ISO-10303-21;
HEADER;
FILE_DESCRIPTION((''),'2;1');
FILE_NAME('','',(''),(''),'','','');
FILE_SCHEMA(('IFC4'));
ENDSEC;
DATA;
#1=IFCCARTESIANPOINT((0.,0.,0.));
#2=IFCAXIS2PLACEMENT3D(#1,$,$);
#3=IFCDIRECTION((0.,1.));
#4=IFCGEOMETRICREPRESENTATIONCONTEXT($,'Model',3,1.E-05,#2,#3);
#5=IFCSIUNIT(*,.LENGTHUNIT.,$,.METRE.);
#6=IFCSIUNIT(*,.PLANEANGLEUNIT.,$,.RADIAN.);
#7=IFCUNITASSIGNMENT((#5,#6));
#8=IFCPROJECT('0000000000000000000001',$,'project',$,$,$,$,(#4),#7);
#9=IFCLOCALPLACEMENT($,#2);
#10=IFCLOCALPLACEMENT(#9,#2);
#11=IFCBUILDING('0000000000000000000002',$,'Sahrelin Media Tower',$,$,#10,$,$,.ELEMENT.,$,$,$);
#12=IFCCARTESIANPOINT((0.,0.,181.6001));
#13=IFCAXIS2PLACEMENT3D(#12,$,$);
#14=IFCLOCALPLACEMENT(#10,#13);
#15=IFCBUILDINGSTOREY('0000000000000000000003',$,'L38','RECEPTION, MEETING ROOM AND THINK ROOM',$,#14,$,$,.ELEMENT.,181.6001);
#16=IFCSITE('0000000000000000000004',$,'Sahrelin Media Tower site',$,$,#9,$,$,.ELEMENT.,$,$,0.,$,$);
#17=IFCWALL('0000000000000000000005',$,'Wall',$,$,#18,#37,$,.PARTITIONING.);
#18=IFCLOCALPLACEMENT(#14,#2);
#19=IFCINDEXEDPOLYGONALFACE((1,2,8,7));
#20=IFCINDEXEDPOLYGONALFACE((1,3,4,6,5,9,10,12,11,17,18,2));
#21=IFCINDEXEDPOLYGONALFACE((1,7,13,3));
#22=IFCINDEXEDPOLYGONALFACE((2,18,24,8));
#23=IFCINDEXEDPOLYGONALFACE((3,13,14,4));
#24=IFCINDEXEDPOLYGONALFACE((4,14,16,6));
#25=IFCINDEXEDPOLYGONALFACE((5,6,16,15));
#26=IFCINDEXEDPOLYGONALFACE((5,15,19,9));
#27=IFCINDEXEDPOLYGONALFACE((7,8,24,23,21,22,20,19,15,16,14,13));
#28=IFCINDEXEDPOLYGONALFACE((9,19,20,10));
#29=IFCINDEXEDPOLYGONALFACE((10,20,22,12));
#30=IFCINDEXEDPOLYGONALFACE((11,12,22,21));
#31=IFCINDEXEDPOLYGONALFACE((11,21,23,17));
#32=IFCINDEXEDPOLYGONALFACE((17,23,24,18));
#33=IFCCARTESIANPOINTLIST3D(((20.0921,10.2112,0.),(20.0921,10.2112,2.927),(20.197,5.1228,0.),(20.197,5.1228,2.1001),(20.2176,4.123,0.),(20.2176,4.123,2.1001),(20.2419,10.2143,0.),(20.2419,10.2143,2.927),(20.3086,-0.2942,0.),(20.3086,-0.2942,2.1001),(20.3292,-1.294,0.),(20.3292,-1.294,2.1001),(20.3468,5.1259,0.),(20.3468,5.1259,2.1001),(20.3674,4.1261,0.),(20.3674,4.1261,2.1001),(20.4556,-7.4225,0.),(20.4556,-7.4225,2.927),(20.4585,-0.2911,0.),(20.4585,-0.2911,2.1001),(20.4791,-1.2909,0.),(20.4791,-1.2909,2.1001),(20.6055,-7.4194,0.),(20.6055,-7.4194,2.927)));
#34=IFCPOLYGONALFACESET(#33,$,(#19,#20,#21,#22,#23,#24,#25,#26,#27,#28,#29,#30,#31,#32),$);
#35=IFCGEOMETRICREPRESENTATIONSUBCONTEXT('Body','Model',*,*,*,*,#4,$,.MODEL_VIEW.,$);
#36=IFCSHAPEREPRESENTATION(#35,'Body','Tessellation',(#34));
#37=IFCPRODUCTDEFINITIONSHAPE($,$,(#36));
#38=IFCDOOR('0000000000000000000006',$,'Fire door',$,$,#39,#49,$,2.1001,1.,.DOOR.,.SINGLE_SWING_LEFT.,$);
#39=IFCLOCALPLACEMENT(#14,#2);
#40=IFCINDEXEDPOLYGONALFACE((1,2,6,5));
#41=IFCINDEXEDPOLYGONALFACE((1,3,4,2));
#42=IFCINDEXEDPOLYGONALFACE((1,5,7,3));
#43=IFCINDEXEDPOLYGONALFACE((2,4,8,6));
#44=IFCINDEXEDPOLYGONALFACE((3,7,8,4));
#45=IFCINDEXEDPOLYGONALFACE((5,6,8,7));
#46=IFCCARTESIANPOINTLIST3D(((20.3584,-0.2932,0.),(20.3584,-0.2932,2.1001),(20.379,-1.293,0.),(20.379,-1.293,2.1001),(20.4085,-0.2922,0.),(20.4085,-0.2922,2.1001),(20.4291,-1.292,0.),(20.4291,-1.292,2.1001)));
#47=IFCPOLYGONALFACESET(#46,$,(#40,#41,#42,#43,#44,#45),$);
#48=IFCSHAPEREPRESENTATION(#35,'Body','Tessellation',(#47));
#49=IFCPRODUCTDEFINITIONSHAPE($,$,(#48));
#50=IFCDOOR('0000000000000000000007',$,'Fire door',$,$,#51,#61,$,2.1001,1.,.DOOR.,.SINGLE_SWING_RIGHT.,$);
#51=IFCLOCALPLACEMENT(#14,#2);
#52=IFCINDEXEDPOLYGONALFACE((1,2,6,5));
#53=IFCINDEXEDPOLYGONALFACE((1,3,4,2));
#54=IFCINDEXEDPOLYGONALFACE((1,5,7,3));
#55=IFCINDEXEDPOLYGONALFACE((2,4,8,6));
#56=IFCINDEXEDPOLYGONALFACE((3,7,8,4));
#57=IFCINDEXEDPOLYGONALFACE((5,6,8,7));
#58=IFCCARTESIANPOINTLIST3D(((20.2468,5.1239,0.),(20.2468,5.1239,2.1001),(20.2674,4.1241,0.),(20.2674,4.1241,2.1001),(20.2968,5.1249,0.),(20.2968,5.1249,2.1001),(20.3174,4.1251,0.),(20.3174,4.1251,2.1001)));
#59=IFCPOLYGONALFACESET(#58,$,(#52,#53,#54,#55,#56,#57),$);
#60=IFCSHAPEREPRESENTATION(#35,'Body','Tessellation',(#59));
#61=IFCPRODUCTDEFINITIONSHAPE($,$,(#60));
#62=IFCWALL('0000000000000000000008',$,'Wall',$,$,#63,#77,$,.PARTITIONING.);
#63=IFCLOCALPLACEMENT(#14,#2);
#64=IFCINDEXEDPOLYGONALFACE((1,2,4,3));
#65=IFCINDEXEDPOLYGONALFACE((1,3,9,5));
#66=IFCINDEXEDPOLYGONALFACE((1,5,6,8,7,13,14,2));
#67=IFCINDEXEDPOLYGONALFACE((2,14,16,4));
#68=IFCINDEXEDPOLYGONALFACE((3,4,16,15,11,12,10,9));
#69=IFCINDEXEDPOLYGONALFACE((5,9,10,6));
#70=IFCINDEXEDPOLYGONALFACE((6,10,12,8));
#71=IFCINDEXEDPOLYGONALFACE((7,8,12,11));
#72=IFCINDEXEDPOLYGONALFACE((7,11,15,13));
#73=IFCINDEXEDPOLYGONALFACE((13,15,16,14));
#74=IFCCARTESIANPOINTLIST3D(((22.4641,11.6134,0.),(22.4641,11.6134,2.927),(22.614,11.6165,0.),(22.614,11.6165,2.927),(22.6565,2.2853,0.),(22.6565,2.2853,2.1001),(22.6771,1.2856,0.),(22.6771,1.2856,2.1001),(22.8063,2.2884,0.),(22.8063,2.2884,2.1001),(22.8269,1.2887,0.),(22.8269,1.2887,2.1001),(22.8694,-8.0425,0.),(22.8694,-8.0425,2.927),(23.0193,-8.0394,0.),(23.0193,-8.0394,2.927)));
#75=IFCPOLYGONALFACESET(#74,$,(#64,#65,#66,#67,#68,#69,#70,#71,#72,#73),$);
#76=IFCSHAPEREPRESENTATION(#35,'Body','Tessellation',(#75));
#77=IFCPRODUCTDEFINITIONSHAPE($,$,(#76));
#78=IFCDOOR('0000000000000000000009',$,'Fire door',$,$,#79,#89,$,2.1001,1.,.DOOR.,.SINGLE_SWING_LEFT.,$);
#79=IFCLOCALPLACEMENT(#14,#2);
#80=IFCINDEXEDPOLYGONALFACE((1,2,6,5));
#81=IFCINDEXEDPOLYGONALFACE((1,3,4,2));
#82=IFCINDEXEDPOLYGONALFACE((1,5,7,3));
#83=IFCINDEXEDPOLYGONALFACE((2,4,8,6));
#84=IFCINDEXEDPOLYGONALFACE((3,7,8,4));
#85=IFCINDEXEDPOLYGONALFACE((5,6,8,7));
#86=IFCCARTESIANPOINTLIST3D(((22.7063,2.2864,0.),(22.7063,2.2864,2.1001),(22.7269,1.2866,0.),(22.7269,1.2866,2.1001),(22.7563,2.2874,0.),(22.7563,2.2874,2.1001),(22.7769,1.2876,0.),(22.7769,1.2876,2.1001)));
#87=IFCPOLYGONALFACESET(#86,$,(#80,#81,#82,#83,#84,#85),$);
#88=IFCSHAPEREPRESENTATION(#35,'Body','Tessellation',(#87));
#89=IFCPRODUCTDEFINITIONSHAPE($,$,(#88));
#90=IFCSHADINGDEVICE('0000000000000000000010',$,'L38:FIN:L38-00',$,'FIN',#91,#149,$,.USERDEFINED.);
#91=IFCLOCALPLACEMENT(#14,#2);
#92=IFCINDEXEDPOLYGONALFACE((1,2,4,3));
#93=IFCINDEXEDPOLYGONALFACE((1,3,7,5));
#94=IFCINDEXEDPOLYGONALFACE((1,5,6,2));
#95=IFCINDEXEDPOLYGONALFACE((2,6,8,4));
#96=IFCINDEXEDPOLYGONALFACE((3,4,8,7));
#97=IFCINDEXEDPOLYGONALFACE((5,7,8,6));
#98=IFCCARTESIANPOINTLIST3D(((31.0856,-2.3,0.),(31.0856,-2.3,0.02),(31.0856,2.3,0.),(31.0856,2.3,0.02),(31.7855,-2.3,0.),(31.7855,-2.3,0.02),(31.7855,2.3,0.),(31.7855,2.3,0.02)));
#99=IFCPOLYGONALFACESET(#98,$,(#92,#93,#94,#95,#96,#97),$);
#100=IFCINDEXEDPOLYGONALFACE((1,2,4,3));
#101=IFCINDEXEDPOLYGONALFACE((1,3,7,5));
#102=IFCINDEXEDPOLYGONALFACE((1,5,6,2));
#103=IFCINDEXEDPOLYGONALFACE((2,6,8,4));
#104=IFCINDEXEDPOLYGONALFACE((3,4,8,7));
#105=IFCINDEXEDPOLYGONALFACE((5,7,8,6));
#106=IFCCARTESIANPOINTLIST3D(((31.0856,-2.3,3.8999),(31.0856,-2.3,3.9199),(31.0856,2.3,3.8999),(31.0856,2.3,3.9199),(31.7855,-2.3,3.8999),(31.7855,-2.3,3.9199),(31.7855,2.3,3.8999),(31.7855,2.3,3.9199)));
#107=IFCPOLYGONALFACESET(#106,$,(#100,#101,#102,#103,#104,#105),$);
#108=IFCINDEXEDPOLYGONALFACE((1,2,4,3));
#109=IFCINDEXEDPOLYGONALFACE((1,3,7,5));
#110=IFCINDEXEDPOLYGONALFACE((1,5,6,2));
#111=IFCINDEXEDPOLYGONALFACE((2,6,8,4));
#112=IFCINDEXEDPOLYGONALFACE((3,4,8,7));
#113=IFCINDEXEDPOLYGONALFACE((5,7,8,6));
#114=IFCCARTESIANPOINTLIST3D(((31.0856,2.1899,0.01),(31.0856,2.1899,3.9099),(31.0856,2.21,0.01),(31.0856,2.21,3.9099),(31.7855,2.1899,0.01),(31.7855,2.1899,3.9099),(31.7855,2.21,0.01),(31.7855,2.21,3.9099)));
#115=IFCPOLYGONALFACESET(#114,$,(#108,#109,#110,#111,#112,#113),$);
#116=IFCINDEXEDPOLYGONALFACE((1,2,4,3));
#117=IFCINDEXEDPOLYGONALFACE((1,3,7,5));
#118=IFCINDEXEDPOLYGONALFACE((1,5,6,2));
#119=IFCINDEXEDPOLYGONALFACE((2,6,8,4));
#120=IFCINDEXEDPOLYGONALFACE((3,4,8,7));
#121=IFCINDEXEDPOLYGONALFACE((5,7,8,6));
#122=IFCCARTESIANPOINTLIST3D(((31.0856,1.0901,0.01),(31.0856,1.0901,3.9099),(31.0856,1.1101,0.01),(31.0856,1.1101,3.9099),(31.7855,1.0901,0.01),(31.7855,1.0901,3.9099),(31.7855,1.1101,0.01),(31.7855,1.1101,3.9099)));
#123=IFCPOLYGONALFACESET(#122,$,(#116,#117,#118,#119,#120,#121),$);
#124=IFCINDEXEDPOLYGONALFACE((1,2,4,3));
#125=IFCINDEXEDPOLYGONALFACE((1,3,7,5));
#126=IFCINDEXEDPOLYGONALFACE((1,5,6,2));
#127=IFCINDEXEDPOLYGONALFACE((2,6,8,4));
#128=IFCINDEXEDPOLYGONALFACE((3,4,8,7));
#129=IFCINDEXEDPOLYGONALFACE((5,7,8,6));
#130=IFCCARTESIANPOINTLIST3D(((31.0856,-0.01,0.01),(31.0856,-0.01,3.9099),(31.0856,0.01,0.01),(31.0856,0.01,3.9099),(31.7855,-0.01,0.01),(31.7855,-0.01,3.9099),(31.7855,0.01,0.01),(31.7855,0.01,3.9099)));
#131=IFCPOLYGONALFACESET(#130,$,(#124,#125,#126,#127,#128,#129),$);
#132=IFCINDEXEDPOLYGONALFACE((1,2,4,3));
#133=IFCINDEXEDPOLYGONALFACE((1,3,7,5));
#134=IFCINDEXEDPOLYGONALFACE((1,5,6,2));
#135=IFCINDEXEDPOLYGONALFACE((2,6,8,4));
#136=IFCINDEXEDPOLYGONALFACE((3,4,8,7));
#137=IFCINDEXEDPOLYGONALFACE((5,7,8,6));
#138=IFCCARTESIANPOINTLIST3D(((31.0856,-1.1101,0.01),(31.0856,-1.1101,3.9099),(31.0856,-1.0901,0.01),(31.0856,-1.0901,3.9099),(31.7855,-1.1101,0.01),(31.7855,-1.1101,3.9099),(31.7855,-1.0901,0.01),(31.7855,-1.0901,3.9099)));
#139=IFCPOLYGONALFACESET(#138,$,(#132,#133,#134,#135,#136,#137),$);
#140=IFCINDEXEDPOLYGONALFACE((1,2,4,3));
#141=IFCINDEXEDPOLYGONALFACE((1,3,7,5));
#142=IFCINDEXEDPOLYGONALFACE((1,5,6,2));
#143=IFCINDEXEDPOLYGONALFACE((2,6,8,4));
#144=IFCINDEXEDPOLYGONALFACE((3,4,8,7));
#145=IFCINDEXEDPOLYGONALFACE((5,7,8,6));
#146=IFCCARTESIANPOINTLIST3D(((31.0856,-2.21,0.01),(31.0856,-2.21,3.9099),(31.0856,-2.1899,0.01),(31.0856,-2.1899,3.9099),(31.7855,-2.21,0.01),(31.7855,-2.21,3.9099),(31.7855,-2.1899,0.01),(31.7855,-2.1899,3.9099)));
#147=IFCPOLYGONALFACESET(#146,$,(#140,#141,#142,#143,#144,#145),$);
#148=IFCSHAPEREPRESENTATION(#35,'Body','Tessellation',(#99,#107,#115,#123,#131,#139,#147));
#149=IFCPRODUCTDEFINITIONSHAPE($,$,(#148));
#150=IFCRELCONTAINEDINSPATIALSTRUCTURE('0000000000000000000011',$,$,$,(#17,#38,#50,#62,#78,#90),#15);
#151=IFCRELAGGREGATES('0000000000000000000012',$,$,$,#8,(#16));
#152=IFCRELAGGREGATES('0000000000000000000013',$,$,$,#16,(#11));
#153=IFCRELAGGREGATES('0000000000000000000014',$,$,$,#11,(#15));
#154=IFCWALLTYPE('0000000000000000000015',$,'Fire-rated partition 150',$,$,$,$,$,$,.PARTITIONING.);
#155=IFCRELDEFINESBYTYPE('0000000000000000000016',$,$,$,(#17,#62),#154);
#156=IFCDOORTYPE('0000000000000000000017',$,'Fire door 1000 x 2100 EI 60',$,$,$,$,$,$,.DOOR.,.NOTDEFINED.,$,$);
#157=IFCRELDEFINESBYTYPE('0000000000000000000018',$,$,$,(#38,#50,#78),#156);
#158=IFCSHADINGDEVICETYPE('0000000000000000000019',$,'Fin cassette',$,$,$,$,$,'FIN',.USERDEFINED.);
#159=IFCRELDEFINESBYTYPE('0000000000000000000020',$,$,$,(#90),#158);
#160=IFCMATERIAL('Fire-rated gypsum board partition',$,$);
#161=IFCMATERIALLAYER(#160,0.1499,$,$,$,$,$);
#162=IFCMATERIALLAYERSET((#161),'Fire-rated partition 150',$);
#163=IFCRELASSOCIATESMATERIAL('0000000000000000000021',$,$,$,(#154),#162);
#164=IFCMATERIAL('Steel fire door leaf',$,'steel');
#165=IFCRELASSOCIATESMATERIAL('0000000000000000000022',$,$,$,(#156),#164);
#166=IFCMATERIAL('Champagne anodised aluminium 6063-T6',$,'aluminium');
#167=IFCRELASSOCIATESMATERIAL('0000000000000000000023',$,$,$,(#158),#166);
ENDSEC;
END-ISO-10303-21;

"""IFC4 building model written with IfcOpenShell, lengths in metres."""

from ifc_helpers import new_model, si_unit, direction, frame, frame_2d, origin, origin_2d, place, context, subcontext, project, spatial, rectangle, extrude, material, layer, layer_set, type_object, element, fill, save


model = new_model("IFC4")

# Units and contexts
model_context = context("Model", 3, precision=1e-05, world=origin(), true_north=direction((0.0, 1.0)))
body_context = subcontext(model_context, "Body", "Model", "MODEL_VIEW")
ifc_project = project(units=[si_unit("LENGTHUNIT", "METRE"), si_unit("PLANEANGLEUNIT", "RADIAN")], contexts=[model_context])

# Site, building, storey
site_placement = place(None, origin())
site = spatial("IfcSite", under=ifc_project, at=site_placement, Name="Sahrelin Media Tower site", CompositionType="ELEMENT", RefElevation=0.0)
building_placement = place(site_placement, origin())
building = spatial("IfcBuilding", under=site, at=building_placement, Name="Sahrelin Media Tower", CompositionType="ELEMENT")
storey_placement = place(building_placement, frame((0.0, 0.0, 181.6001)))
storey = spatial("IfcBuildingStorey", under=building, at=storey_placement, Name="L38", Description="RECEPTION, MEETING ROOM AND THINK ROOM", CompositionType="ELEMENT", Elevation=181.6001)

# Shared definitions
ifc_material_1 = material(Name="Champagne anodised aluminium 6063-T6", Category="aluminium")

# Wall, openings, doors
ifc_material_2 = material(Name="Fire-rated gypsum board partition")
ifc_layer_1 = layer(ifc_material_2, 0.1499)
ifc_layer_set_1 = layer_set([ifc_layer_1], Name="Fire-rated partition 150")
wall_type = type_object("IfcWallType", Name="Fire-rated partition 150", PredefinedType="PARTITIONING", material=ifc_layer_set_1)
wall_1_placement = place(storey_placement, frame((20.167, 10.2129, 0.0), z_axis=(0.0, 0.0, 1.0), x_axis=(0.020611, -0.999788, 0.0)))
wall_1 = element("IfcWall", 1, at=wall_1_placement, inside=storey, type_object=wall_type, Name="Wall", PredefinedType="PARTITIONING", context=body_context, shape_type="SweptSolid", body=[
    extrude(rectangle(XDim=17.6375, YDim=0.1499, at=frame_2d((8.8188, 0.0))), origin(), (0.0, 0.0, 1.0), 2.927),
])
opening_1_placement = place(wall_1_placement, frame((10.5078, 0.0, 0.0)))
opening_1 = element("IfcOpeningElement", 2, at=opening_1_placement, cuts=wall_1, PredefinedType="OPENING", context=body_context, shape_type="SweptSolid", body=[
    extrude(rectangle(XDim=1.0, YDim=2.1001, at=frame_2d((0.5, 1.05))), frame((0.0, 0.075, 0.0), z_axis=(0.0, -1.0, 0.0), x_axis=(1.0, 0.0, 0.0)), (0.0, 0.0, 1.0), 0.1499),
])
opening_2_placement = place(wall_1_placement, frame((5.0896, 0.0, 0.0)))
opening_2 = element("IfcOpeningElement", 3, at=opening_2_placement, cuts=wall_1, PredefinedType="OPENING", context=body_context, shape_type="SweptSolid", body=[
    extrude(rectangle(XDim=1.0, YDim=2.1001, at=frame_2d((0.5, 1.05))), frame((0.0, 0.075, 0.0), z_axis=(0.0, -1.0, 0.0), x_axis=(1.0, 0.0, 0.0)), (0.0, 0.0, 1.0), 0.1499),
])
ifc_material_3 = material(Name="Steel fire door leaf", Category="steel")
door_type = type_object("IfcDoorType", Name="Fire door 1000 x 2100 EI 60", OperationType="NOTDEFINED", PredefinedType="DOOR", material=ifc_material_3)
door_1_placement = place(opening_1_placement, origin())
door_1 = element("IfcDoor", 4, at=door_1_placement, inside=storey, type_object=door_type, Name="Fire door", OperationType="SINGLE_SWING_LEFT", OverallHeight=2.1001, OverallWidth=1.0, PredefinedType="DOOR", context=body_context, shape_type="SweptSolid", body=[
    extrude(rectangle(XDim=1.0, YDim=2.1001, at=frame_2d((0.5, 1.05))), frame((0.0, 0.0249, 0.0), z_axis=(0.0, -1.0, 0.0), x_axis=(1.0, 0.0, 0.0)), (0.0, 0.0, 1.0), 0.05),
])
fill(opening_1, door_1)
door_2_placement = place(opening_2_placement, origin())
door_2 = element("IfcDoor", 5, at=door_2_placement, inside=storey, type_object=door_type, Name="Fire door", OperationType="SINGLE_SWING_RIGHT", OverallHeight=2.1001, OverallWidth=1.0, PredefinedType="DOOR", context=body_context, shape_type="SweptSolid", body=[
    extrude(rectangle(XDim=1.0, YDim=2.1001, at=frame_2d((0.5, 1.05))), frame((0.0, 0.0249, 0.0), z_axis=(0.0, -1.0, 0.0), x_axis=(1.0, 0.0, 0.0)), (0.0, 0.0, 1.0), 0.05),
])
fill(opening_2, door_2)

# Wall, opening, door
wall_2_placement = place(storey_placement, frame((22.5391, 11.615, 0.0), z_axis=(0.0, 0.0, 1.0), x_axis=(0.020614, -0.999788, 0.0)))
wall_2 = element("IfcWall", 6, at=wall_2_placement, inside=storey, type_object=wall_type, Name="Wall", PredefinedType="PARTITIONING", context=body_context, shape_type="SweptSolid", body=[
    extrude(rectangle(XDim=19.6602, YDim=0.1499, at=frame_2d((9.8301, 0.0))), origin(), (0.0, 0.0, 1.0), 2.927),
])
opening_3_placement = place(wall_2_placement, frame((9.3301, 0.0, 0.0)))
opening_3 = element("IfcOpeningElement", 7, at=opening_3_placement, cuts=wall_2, PredefinedType="OPENING", context=body_context, shape_type="SweptSolid", body=[
    extrude(rectangle(XDim=1.0, YDim=2.1001, at=frame_2d((0.5, 1.05))), frame((0.0, 0.075, 0.0), z_axis=(0.0, -1.0, 0.0), x_axis=(1.0, 0.0, 0.0)), (0.0, 0.0, 1.0), 0.1499),
])
door_3_placement = place(opening_3_placement, origin())
door_3 = element("IfcDoor", 8, at=door_3_placement, inside=storey, type_object=door_type, Name="Fire door", OperationType="SINGLE_SWING_LEFT", OverallHeight=2.1001, OverallWidth=1.0, PredefinedType="DOOR", context=body_context, shape_type="SweptSolid", body=[
    extrude(rectangle(XDim=1.0, YDim=2.1001, at=frame_2d((0.5, 1.05))), frame((0.0, 0.0249, 0.0), z_axis=(0.0, -1.0, 0.0), x_axis=(1.0, 0.0, 0.0)), (0.0, 0.0, 1.0), 0.05),
])
fill(opening_3, door_3)

# Shading device
shading_device_type_1 = type_object("IfcShadingDeviceType", Name="Fin cassette", ElementType="FIN", PredefinedType="USERDEFINED", material=ifc_material_1)
placement_1 = place(storey_placement, frame((31.0156, 0.0, 0.0), z_axis=(0.0, 0.0, 1.0), x_axis=(0.0, -1.0, 0.0)))
element("IfcShadingDevice", 9, at=placement_1, inside=storey, type_object=shading_device_type_1, Name="L38:FIN:L38-00", ObjectType="FIN", PredefinedType="USERDEFINED", context=body_context, shape_type="SweptSolid", body=[
    extrude(rectangle(XDim=4.6001, YDim=0.7, at=origin_2d()), frame((0.0, 0.4199, 0.0)), (0.0, 0.0, 1.0), 0.02),
    extrude(rectangle(XDim=4.6001, YDim=0.7, at=origin_2d()), frame((0.0, 0.4199, 3.8999)), (0.0, 0.0, 1.0), 0.02),
    extrude(rectangle(XDim=0.02, YDim=0.7, at=origin_2d()), frame((-2.2, 0.4199, 0.01), z_axis=(0.0, 0.0, 1.0), x_axis=(1.0, 0.0, 0.0)), (0.0, 0.0, 1.0), 3.8999),
    extrude(rectangle(XDim=0.02, YDim=0.7, at=origin_2d()), frame((-1.1001, 0.4199, 0.01), z_axis=(0.0, 0.0, 1.0), x_axis=(1.0, 0.0, 0.0)), (0.0, 0.0, 1.0), 3.8999),
    extrude(rectangle(XDim=0.02, YDim=0.7, at=origin_2d()), frame((0.0, 0.4199, 0.01), z_axis=(0.0, 0.0, 1.0), x_axis=(1.0, 0.0, 0.0)), (0.0, 0.0, 1.0), 3.8999),
    extrude(rectangle(XDim=0.02, YDim=0.7, at=origin_2d()), frame((1.1001, 0.4199, 0.01), z_axis=(0.0, 0.0, 1.0), x_axis=(1.0, 0.0, 0.0)), (0.0, 0.0, 1.0), 3.8999),
    extrude(rectangle(XDim=0.02, YDim=0.7, at=origin_2d()), frame((2.2, 0.4199, 0.01), z_axis=(0.0, 0.0, 1.0), x_axis=(1.0, 0.0, 0.0)), (0.0, 0.0, 1.0), 3.8999),
])

save(model, "model.ifc")
